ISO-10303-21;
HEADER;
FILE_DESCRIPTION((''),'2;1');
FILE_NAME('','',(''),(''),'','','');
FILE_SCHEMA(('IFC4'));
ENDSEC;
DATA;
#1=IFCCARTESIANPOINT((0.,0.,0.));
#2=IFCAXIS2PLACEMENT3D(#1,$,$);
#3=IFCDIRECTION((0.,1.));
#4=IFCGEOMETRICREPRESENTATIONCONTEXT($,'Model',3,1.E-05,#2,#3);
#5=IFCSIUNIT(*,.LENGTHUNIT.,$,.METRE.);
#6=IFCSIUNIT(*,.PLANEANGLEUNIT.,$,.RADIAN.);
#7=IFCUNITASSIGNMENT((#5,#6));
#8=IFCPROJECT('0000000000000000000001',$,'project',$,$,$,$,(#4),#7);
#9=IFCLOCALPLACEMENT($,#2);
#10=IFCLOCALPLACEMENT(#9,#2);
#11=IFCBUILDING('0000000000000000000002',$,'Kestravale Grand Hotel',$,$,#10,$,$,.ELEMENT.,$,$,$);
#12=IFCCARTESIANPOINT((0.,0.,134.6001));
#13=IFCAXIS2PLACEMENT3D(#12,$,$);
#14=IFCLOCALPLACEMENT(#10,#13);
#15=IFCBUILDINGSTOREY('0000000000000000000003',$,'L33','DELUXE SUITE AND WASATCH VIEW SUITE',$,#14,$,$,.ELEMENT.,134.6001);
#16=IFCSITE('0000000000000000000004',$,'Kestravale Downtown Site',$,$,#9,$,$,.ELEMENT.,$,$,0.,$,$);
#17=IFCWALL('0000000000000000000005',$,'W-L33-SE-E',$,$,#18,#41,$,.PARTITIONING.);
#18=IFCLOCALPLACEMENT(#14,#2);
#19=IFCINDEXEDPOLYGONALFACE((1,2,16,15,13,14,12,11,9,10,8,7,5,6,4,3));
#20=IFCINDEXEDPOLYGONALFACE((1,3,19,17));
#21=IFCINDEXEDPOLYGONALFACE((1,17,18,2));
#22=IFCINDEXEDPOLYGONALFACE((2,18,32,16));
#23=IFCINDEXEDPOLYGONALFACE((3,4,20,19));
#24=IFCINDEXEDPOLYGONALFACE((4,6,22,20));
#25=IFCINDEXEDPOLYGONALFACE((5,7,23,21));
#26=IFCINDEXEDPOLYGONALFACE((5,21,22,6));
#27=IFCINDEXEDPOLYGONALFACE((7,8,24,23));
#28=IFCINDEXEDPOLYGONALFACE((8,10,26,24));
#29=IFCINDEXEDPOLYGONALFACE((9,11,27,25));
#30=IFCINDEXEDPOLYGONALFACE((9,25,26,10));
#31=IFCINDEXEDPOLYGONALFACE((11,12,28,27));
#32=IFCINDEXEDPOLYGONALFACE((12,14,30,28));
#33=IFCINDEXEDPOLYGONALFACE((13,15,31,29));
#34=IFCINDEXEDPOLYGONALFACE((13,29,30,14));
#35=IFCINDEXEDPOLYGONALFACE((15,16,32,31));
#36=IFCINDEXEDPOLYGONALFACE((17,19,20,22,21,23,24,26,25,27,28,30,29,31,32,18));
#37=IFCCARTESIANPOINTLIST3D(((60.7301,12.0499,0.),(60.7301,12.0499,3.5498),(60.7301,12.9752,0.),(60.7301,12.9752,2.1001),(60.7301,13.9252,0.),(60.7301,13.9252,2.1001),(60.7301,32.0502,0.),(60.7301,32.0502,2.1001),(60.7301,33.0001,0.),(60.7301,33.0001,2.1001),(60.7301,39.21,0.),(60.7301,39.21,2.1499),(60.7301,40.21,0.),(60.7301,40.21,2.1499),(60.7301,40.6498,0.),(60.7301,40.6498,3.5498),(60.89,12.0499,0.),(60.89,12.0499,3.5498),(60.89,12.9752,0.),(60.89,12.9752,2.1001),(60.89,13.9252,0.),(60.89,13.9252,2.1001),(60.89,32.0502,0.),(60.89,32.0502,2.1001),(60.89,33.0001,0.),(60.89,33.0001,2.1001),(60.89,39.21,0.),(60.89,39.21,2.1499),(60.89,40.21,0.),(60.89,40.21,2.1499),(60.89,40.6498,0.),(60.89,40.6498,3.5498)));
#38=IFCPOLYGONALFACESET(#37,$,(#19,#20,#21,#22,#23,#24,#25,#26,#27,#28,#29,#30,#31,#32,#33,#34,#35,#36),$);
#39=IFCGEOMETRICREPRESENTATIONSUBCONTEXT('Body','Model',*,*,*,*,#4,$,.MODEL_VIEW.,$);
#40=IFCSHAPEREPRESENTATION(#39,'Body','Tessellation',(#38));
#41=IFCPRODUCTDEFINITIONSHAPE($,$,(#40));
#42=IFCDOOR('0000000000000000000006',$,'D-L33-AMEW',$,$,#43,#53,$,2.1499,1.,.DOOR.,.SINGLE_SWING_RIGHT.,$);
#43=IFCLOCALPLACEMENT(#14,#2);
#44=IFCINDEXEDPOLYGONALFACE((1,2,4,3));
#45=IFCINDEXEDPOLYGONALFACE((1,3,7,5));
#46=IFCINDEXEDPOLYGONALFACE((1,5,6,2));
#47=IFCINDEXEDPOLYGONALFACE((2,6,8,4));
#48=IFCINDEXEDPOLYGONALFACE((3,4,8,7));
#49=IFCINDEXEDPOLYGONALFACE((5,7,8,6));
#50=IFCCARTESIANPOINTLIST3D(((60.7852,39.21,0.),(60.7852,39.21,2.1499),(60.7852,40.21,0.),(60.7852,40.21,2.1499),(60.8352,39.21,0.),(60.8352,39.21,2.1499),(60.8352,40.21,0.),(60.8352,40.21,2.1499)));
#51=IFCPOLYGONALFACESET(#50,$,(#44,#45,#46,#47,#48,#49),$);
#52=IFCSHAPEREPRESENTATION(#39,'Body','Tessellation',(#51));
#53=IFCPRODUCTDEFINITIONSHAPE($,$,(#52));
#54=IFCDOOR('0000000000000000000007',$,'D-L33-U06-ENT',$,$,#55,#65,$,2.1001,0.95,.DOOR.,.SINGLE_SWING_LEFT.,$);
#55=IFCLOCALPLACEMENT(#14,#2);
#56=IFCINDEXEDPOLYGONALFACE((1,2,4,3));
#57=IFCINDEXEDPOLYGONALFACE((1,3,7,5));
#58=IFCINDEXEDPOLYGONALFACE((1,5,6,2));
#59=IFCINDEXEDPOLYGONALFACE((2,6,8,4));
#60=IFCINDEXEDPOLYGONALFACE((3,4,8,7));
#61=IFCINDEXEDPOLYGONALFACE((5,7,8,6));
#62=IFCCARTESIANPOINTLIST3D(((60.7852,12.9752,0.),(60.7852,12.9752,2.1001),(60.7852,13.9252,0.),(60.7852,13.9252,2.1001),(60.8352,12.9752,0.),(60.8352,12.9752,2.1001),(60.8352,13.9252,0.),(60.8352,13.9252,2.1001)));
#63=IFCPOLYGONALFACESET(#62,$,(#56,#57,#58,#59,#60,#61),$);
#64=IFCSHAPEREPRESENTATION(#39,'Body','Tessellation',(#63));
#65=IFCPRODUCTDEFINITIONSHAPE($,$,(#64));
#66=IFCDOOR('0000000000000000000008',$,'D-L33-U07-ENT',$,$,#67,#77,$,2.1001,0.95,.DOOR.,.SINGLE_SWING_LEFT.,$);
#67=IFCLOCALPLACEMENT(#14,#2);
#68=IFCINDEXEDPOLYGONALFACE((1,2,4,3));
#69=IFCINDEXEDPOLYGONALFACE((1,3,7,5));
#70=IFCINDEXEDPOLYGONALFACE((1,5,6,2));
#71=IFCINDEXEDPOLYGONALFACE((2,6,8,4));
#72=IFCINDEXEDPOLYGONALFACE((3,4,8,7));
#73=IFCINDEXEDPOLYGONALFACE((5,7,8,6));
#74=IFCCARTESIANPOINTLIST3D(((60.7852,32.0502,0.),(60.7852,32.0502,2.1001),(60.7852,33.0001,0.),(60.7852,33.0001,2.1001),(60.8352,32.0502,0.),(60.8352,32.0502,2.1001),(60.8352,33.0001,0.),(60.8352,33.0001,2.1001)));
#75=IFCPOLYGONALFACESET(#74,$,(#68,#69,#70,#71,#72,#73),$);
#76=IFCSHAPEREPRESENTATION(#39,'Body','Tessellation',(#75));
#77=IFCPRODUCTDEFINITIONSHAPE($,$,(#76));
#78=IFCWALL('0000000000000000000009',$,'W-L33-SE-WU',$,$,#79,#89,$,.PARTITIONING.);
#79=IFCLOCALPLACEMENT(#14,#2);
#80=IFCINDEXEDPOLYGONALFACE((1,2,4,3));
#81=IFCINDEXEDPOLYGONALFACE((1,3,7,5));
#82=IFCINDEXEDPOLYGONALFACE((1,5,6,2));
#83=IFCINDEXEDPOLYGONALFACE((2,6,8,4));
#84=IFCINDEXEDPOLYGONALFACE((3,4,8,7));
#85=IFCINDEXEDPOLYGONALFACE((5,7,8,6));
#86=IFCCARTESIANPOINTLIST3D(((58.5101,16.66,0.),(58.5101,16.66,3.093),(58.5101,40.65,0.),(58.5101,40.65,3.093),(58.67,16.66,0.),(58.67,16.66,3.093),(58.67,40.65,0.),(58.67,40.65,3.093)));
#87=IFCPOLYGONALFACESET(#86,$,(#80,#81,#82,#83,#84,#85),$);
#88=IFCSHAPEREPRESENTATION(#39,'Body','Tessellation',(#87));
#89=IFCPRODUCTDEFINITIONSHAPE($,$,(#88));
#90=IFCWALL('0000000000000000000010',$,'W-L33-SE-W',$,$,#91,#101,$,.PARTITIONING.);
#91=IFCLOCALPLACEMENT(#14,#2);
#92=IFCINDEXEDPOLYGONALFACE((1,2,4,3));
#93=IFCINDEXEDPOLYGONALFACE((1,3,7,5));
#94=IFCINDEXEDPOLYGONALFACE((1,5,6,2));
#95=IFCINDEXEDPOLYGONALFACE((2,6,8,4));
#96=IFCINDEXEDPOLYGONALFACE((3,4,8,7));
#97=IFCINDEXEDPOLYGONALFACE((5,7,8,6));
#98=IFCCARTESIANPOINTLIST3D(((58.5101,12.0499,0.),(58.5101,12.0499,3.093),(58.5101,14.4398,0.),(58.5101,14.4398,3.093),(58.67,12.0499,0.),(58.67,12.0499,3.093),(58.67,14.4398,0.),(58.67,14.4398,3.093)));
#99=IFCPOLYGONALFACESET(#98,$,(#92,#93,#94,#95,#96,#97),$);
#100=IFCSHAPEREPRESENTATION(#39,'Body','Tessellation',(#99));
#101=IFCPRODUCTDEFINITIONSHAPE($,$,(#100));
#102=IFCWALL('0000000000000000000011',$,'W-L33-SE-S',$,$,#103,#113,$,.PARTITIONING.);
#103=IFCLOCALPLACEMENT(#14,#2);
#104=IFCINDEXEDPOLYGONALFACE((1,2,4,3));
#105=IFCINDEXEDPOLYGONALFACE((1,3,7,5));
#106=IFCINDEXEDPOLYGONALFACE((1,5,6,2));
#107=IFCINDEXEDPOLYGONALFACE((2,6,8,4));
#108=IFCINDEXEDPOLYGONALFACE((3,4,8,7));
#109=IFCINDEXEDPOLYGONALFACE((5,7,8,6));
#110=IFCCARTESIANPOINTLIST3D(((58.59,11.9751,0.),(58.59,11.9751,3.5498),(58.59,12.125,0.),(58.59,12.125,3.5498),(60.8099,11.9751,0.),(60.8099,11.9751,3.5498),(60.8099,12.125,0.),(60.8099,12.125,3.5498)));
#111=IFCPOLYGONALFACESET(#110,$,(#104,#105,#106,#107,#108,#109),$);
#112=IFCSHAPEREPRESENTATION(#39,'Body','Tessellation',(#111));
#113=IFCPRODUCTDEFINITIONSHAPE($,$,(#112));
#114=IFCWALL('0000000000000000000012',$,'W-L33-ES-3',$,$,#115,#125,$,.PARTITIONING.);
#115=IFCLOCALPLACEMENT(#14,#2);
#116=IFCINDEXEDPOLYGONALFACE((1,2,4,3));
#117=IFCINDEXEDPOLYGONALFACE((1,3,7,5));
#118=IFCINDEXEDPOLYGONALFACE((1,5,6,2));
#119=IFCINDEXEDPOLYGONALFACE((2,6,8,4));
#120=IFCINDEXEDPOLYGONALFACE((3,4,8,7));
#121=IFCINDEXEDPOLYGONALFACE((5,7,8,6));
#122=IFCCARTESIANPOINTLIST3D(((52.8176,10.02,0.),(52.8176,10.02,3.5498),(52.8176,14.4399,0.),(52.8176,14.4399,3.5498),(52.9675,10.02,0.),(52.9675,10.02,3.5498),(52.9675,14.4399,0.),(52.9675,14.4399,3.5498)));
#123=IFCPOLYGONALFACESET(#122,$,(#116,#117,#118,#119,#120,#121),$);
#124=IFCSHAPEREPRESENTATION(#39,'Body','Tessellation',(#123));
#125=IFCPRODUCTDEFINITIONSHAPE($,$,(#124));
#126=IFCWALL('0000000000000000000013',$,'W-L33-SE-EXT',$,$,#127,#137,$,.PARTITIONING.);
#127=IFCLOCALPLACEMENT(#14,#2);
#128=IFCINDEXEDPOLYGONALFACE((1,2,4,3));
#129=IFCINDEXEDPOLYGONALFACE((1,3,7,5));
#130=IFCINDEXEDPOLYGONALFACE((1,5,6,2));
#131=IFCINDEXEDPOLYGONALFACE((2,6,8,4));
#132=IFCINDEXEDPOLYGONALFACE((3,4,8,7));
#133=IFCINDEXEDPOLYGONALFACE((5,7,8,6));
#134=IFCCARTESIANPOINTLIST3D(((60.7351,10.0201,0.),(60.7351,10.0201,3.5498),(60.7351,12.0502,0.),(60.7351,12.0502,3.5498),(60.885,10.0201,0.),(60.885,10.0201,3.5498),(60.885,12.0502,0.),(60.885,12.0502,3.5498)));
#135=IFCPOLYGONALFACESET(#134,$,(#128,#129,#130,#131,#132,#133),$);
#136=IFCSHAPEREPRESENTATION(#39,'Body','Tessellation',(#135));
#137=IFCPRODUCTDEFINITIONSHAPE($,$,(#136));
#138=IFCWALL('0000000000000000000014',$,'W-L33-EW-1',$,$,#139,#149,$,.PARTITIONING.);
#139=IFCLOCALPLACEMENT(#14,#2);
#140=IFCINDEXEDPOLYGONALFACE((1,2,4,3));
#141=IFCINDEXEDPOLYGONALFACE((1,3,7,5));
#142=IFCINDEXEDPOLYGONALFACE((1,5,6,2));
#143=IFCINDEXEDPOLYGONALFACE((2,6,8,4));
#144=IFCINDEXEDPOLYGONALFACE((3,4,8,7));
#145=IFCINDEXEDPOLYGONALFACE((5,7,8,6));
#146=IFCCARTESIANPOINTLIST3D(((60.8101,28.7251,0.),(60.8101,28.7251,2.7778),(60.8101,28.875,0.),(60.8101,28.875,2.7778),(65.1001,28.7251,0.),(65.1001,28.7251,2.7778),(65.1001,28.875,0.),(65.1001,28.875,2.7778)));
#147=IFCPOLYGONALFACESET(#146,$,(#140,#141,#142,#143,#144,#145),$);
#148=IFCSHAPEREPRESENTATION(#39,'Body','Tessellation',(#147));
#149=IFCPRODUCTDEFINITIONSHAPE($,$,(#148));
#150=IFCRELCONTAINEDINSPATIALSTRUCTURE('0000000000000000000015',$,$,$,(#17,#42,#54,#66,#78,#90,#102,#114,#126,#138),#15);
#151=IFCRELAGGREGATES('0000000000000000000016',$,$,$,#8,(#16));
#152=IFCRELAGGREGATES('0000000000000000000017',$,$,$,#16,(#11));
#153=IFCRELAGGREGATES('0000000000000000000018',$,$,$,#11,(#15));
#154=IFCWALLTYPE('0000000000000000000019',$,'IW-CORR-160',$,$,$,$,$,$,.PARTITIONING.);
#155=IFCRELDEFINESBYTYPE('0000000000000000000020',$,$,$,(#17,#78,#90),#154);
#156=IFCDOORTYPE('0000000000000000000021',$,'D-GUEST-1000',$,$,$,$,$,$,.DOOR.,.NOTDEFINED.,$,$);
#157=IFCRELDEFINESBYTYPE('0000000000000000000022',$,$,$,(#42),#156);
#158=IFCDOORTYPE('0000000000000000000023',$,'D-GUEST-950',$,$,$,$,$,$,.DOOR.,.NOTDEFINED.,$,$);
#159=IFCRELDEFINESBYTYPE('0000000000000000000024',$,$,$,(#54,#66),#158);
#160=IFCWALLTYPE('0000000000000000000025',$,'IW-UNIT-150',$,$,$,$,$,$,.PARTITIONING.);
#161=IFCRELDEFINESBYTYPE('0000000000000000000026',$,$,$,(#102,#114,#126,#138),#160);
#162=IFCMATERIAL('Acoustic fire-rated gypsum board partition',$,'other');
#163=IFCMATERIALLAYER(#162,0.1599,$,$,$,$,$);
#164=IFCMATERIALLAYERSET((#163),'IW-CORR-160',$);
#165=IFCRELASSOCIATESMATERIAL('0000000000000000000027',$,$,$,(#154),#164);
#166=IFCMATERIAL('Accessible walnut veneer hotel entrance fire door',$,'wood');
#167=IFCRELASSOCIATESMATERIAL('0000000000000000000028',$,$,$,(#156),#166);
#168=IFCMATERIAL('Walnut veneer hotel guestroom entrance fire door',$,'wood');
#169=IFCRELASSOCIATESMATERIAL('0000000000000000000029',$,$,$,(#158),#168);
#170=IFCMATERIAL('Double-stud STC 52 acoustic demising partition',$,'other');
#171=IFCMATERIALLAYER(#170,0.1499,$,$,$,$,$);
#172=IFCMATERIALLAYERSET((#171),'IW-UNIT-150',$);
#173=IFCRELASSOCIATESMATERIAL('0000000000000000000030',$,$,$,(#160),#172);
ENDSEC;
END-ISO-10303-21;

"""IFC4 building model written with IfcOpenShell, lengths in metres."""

from ifc_helpers import new_model, si_unit, direction, frame, frame_2d, origin, place, context, subcontext, project, spatial, rectangle, extrude, material, layer, layer_set, type_object, element, fill, save


model = new_model("IFC4")

# Units and contexts
model_context = context("Model", 3, precision=1e-05, world=origin(), true_north=direction((0.0, 1.0)))
body_context = subcontext(model_context, "Body", "Model", "MODEL_VIEW")
ifc_project = project(units=[si_unit("LENGTHUNIT", "METRE"), si_unit("PLANEANGLEUNIT", "RADIAN")], contexts=[model_context])

# Site, building, storey
site_placement = place(None, origin())
site = spatial("IfcSite", under=ifc_project, at=site_placement, Name="Kestravale Downtown Site", CompositionType="ELEMENT", RefElevation=0.0)
building_placement = place(site_placement, origin())
building = spatial("IfcBuilding", under=site, at=building_placement, Name="Kestravale Grand Hotel", CompositionType="ELEMENT")
storey_placement = place(building_placement, frame((0.0, 0.0, 134.6001)))
storey = spatial("IfcBuildingStorey", under=building, at=storey_placement, Name="L33", Description="DELUXE SUITE AND WASATCH VIEW SUITE", CompositionType="ELEMENT", Elevation=134.6001)

# Shared definitions
ifc_material_1 = material(Name="Acoustic fire-rated gypsum board partition", Category="other")
ifc_layer_1 = layer(ifc_material_1, 0.1599)
ifc_layer_set_1 = layer_set([ifc_layer_1], Name="IW-CORR-160")
wall_type_1 = type_object("IfcWallType", Name="IW-CORR-160", PredefinedType="PARTITIONING", material=ifc_layer_set_1)

# Wall, openings, doors
wall_1_placement = place(storey_placement, frame((60.8101, 12.05, 0.0), z_axis=(0.0, 0.0, 1.0), x_axis=(0.0, 1.0, 0.0)))
wall_1 = element("IfcWall", 1, at=wall_1_placement, inside=storey, type_object=wall_type_1, Name="W-L33-SE-E", PredefinedType="PARTITIONING", context=body_context, shape_type="SweptSolid", body=[
    extrude(rectangle(XDim=28.5999, YDim=0.1599, at=frame_2d((14.2998, 0.0))), origin(), (0.0, 0.0, 1.0), 3.5498),
])
opening_1_placement = place(wall_1_placement, frame((0.925, 0.0, 0.0)))
opening_1 = element("IfcOpeningElement", 2, at=opening_1_placement, cuts=wall_1, PredefinedType="OPENING", context=body_context, shape_type="SweptSolid", body=[
    extrude(rectangle(XDim=0.95, YDim=2.1001, at=frame_2d((0.4751, 1.05))), frame((0.0, 0.0898, 0.0), z_axis=(0.0, -1.0, 0.0), x_axis=(1.0, 0.0, 0.0)), (0.0, 0.0, 1.0), 0.1799),
])
opening_2_placement = place(wall_1_placement, frame((20.0, 0.0, 0.0)))
opening_2 = element("IfcOpeningElement", 3, at=opening_2_placement, cuts=wall_1, PredefinedType="OPENING", context=body_context, shape_type="SweptSolid", body=[
    extrude(rectangle(XDim=0.95, YDim=2.1001, at=frame_2d((0.4751, 1.05))), frame((0.0, 0.0898, 0.0), z_axis=(0.0, -1.0, 0.0), x_axis=(1.0, 0.0, 0.0)), (0.0, 0.0, 1.0), 0.1799),
])
opening_3_placement = place(wall_1_placement, frame((27.1599, 0.0, 0.0)))
opening_3 = element("IfcOpeningElement", 4, at=opening_3_placement, cuts=wall_1, PredefinedType="OPENING", context=body_context, shape_type="SweptSolid", body=[
    extrude(rectangle(XDim=1.0, YDim=2.1499, at=frame_2d((0.5, 1.075))), frame((0.0, 0.0898, 0.0), z_axis=(0.0, -1.0, 0.0), x_axis=(1.0, 0.0, 0.0)), (0.0, 0.0, 1.0), 0.1799),
])
ifc_material_2 = material(Name="Accessible walnut veneer hotel entrance fire door", Category="wood")
door_type_1 = type_object("IfcDoorType", Name="D-GUEST-1000", OperationType="NOTDEFINED", PredefinedType="DOOR", material=ifc_material_2)
door_1_placement = place(opening_3_placement, origin())
door_1 = element("IfcDoor", 5, at=door_1_placement, inside=storey, type_object=door_type_1, Name="D-L33-AMEW", OperationType="SINGLE_SWING_RIGHT", OverallHeight=2.1499, OverallWidth=1.0, PredefinedType="DOOR", context=body_context, shape_type="SweptSolid", body=[
    extrude(rectangle(XDim=1.0, YDim=2.1499, at=frame_2d((0.5, 1.075))), frame((0.0, 0.0249, 0.0), z_axis=(0.0, -1.0, 0.0), x_axis=(1.0, 0.0, 0.0)), (0.0, 0.0, 1.0), 0.05),
])
fill(opening_3, door_1)
ifc_material_3 = material(Name="Walnut veneer hotel guestroom entrance fire door", Category="wood")
door_type_2 = type_object("IfcDoorType", Name="D-GUEST-950", OperationType="NOTDEFINED", PredefinedType="DOOR", material=ifc_material_3)
door_2_placement = place(opening_1_placement, origin())
door_2 = element("IfcDoor", 6, at=door_2_placement, inside=storey, type_object=door_type_2, Name="D-L33-U06-ENT", OperationType="SINGLE_SWING_LEFT", OverallHeight=2.1001, OverallWidth=0.95, PredefinedType="DOOR", context=body_context, shape_type="SweptSolid", body=[
    extrude(rectangle(XDim=0.95, YDim=2.1001, at=frame_2d((0.4751, 1.05))), frame((0.0, 0.0249, 0.0), z_axis=(0.0, -1.0, 0.0), x_axis=(1.0, 0.0, 0.0)), (0.0, 0.0, 1.0), 0.05),
])
fill(opening_1, door_2)
door_3_placement = place(opening_2_placement, origin())
door_3 = element("IfcDoor", 7, at=door_3_placement, inside=storey, type_object=door_type_2, Name="D-L33-U07-ENT", OperationType="SINGLE_SWING_LEFT", OverallHeight=2.1001, OverallWidth=0.95, PredefinedType="DOOR", context=body_context, shape_type="SweptSolid", body=[
    extrude(rectangle(XDim=0.95, YDim=2.1001, at=frame_2d((0.4751, 1.05))), frame((0.0, 0.0249, 0.0), z_axis=(0.0, -1.0, 0.0), x_axis=(1.0, 0.0, 0.0)), (0.0, 0.0, 1.0), 0.05),
])
fill(opening_2, door_3)

# Walls
wall_2_placement = place(storey_placement, frame((58.5901, 16.6599, 0.0), z_axis=(0.0, 0.0, 1.0), x_axis=(0.0, 1.0, 0.0)))
element("IfcWall", 8, at=wall_2_placement, inside=storey, type_object=wall_type_1, Name="W-L33-SE-WU", PredefinedType="PARTITIONING", context=body_context, shape_type="SweptSolid", body=[
    extrude(rectangle(XDim=23.99, YDim=0.1599, at=frame_2d((11.9951, 0.0))), origin(), (0.0, 0.0, 1.0), 3.093),
])
wall_3_placement = place(storey_placement, frame((58.5901, 12.05, 0.0), z_axis=(0.0, 0.0, 1.0), x_axis=(0.0, 1.0, 0.0)))
element("IfcWall", 9, at=wall_3_placement, inside=storey, type_object=wall_type_1, Name="W-L33-SE-W", PredefinedType="PARTITIONING", context=body_context, shape_type="SweptSolid", body=[
    extrude(rectangle(XDim=2.3899, YDim=0.1599, at=frame_2d((1.1948, 0.0))), origin(), (0.0, 0.0, 1.0), 3.093),
])
ifc_material_4 = material(Name="Double-stud STC 52 acoustic demising partition", Category="other")
ifc_layer_2 = layer(ifc_material_4, 0.1499)
ifc_layer_set_2 = layer_set([ifc_layer_2], Name="IW-UNIT-150")
wall_type_2 = type_object("IfcWallType", Name="IW-UNIT-150", PredefinedType="PARTITIONING", material=ifc_layer_set_2)
wall_4_placement = place(storey_placement, frame((58.5901, 12.05, 0.0), z_axis=(0.0, 0.0, 1.0), x_axis=(1.0, 0.0, 0.0)))
element("IfcWall", 10, at=wall_4_placement, inside=storey, type_object=wall_type_2, Name="W-L33-SE-S", PredefinedType="PARTITIONING", context=body_context, shape_type="SweptSolid", body=[
    extrude(rectangle(XDim=2.22, YDim=0.1499, at=frame_2d((1.1099, 0.0))), origin(), (0.0, 0.0, 1.0), 3.5498),
])
wall_5_placement = place(storey_placement, frame((52.8926, 10.02, 0.0), z_axis=(0.0, 0.0, 1.0), x_axis=(0.0, 1.0, 0.0)))
element("IfcWall", 11, at=wall_5_placement, inside=storey, type_object=wall_type_2, Name="W-L33-ES-3", PredefinedType="PARTITIONING", context=body_context, shape_type="SweptSolid", body=[
    extrude(rectangle(XDim=4.4199, YDim=0.1499, at=frame_2d((2.21, 0.0))), origin(), (0.0, 0.0, 1.0), 3.5498),
])
wall_6_placement = place(storey_placement, frame((60.8101, 10.02, 0.0), z_axis=(0.0, 0.0, 1.0), x_axis=(0.0, 1.0, 0.0)))
element("IfcWall", 12, at=wall_6_placement, inside=storey, type_object=wall_type_2, Name="W-L33-SE-EXT", PredefinedType="PARTITIONING", context=body_context, shape_type="SweptSolid", body=[
    extrude(rectangle(XDim=2.03, YDim=0.1499, at=frame_2d((1.0151, 0.0))), origin(), (0.0, 0.0, 1.0), 3.5498),
])
wall_7_placement = place(storey_placement, frame((60.8101, 28.8, 0.0), z_axis=(0.0, 0.0, 1.0), x_axis=(1.0, 0.0, 0.0)))
element("IfcWall", 13, at=wall_7_placement, inside=storey, type_object=wall_type_2, Name="W-L33-EW-1", PredefinedType="PARTITIONING", context=body_context, shape_type="SweptSolid", body=[
    extrude(rectangle(XDim=4.29, YDim=0.1499, at=frame_2d((2.145, 0.0))), origin(), (0.0, 0.0, 1.0), 2.7778),
])

save(model, "model.ifc")
